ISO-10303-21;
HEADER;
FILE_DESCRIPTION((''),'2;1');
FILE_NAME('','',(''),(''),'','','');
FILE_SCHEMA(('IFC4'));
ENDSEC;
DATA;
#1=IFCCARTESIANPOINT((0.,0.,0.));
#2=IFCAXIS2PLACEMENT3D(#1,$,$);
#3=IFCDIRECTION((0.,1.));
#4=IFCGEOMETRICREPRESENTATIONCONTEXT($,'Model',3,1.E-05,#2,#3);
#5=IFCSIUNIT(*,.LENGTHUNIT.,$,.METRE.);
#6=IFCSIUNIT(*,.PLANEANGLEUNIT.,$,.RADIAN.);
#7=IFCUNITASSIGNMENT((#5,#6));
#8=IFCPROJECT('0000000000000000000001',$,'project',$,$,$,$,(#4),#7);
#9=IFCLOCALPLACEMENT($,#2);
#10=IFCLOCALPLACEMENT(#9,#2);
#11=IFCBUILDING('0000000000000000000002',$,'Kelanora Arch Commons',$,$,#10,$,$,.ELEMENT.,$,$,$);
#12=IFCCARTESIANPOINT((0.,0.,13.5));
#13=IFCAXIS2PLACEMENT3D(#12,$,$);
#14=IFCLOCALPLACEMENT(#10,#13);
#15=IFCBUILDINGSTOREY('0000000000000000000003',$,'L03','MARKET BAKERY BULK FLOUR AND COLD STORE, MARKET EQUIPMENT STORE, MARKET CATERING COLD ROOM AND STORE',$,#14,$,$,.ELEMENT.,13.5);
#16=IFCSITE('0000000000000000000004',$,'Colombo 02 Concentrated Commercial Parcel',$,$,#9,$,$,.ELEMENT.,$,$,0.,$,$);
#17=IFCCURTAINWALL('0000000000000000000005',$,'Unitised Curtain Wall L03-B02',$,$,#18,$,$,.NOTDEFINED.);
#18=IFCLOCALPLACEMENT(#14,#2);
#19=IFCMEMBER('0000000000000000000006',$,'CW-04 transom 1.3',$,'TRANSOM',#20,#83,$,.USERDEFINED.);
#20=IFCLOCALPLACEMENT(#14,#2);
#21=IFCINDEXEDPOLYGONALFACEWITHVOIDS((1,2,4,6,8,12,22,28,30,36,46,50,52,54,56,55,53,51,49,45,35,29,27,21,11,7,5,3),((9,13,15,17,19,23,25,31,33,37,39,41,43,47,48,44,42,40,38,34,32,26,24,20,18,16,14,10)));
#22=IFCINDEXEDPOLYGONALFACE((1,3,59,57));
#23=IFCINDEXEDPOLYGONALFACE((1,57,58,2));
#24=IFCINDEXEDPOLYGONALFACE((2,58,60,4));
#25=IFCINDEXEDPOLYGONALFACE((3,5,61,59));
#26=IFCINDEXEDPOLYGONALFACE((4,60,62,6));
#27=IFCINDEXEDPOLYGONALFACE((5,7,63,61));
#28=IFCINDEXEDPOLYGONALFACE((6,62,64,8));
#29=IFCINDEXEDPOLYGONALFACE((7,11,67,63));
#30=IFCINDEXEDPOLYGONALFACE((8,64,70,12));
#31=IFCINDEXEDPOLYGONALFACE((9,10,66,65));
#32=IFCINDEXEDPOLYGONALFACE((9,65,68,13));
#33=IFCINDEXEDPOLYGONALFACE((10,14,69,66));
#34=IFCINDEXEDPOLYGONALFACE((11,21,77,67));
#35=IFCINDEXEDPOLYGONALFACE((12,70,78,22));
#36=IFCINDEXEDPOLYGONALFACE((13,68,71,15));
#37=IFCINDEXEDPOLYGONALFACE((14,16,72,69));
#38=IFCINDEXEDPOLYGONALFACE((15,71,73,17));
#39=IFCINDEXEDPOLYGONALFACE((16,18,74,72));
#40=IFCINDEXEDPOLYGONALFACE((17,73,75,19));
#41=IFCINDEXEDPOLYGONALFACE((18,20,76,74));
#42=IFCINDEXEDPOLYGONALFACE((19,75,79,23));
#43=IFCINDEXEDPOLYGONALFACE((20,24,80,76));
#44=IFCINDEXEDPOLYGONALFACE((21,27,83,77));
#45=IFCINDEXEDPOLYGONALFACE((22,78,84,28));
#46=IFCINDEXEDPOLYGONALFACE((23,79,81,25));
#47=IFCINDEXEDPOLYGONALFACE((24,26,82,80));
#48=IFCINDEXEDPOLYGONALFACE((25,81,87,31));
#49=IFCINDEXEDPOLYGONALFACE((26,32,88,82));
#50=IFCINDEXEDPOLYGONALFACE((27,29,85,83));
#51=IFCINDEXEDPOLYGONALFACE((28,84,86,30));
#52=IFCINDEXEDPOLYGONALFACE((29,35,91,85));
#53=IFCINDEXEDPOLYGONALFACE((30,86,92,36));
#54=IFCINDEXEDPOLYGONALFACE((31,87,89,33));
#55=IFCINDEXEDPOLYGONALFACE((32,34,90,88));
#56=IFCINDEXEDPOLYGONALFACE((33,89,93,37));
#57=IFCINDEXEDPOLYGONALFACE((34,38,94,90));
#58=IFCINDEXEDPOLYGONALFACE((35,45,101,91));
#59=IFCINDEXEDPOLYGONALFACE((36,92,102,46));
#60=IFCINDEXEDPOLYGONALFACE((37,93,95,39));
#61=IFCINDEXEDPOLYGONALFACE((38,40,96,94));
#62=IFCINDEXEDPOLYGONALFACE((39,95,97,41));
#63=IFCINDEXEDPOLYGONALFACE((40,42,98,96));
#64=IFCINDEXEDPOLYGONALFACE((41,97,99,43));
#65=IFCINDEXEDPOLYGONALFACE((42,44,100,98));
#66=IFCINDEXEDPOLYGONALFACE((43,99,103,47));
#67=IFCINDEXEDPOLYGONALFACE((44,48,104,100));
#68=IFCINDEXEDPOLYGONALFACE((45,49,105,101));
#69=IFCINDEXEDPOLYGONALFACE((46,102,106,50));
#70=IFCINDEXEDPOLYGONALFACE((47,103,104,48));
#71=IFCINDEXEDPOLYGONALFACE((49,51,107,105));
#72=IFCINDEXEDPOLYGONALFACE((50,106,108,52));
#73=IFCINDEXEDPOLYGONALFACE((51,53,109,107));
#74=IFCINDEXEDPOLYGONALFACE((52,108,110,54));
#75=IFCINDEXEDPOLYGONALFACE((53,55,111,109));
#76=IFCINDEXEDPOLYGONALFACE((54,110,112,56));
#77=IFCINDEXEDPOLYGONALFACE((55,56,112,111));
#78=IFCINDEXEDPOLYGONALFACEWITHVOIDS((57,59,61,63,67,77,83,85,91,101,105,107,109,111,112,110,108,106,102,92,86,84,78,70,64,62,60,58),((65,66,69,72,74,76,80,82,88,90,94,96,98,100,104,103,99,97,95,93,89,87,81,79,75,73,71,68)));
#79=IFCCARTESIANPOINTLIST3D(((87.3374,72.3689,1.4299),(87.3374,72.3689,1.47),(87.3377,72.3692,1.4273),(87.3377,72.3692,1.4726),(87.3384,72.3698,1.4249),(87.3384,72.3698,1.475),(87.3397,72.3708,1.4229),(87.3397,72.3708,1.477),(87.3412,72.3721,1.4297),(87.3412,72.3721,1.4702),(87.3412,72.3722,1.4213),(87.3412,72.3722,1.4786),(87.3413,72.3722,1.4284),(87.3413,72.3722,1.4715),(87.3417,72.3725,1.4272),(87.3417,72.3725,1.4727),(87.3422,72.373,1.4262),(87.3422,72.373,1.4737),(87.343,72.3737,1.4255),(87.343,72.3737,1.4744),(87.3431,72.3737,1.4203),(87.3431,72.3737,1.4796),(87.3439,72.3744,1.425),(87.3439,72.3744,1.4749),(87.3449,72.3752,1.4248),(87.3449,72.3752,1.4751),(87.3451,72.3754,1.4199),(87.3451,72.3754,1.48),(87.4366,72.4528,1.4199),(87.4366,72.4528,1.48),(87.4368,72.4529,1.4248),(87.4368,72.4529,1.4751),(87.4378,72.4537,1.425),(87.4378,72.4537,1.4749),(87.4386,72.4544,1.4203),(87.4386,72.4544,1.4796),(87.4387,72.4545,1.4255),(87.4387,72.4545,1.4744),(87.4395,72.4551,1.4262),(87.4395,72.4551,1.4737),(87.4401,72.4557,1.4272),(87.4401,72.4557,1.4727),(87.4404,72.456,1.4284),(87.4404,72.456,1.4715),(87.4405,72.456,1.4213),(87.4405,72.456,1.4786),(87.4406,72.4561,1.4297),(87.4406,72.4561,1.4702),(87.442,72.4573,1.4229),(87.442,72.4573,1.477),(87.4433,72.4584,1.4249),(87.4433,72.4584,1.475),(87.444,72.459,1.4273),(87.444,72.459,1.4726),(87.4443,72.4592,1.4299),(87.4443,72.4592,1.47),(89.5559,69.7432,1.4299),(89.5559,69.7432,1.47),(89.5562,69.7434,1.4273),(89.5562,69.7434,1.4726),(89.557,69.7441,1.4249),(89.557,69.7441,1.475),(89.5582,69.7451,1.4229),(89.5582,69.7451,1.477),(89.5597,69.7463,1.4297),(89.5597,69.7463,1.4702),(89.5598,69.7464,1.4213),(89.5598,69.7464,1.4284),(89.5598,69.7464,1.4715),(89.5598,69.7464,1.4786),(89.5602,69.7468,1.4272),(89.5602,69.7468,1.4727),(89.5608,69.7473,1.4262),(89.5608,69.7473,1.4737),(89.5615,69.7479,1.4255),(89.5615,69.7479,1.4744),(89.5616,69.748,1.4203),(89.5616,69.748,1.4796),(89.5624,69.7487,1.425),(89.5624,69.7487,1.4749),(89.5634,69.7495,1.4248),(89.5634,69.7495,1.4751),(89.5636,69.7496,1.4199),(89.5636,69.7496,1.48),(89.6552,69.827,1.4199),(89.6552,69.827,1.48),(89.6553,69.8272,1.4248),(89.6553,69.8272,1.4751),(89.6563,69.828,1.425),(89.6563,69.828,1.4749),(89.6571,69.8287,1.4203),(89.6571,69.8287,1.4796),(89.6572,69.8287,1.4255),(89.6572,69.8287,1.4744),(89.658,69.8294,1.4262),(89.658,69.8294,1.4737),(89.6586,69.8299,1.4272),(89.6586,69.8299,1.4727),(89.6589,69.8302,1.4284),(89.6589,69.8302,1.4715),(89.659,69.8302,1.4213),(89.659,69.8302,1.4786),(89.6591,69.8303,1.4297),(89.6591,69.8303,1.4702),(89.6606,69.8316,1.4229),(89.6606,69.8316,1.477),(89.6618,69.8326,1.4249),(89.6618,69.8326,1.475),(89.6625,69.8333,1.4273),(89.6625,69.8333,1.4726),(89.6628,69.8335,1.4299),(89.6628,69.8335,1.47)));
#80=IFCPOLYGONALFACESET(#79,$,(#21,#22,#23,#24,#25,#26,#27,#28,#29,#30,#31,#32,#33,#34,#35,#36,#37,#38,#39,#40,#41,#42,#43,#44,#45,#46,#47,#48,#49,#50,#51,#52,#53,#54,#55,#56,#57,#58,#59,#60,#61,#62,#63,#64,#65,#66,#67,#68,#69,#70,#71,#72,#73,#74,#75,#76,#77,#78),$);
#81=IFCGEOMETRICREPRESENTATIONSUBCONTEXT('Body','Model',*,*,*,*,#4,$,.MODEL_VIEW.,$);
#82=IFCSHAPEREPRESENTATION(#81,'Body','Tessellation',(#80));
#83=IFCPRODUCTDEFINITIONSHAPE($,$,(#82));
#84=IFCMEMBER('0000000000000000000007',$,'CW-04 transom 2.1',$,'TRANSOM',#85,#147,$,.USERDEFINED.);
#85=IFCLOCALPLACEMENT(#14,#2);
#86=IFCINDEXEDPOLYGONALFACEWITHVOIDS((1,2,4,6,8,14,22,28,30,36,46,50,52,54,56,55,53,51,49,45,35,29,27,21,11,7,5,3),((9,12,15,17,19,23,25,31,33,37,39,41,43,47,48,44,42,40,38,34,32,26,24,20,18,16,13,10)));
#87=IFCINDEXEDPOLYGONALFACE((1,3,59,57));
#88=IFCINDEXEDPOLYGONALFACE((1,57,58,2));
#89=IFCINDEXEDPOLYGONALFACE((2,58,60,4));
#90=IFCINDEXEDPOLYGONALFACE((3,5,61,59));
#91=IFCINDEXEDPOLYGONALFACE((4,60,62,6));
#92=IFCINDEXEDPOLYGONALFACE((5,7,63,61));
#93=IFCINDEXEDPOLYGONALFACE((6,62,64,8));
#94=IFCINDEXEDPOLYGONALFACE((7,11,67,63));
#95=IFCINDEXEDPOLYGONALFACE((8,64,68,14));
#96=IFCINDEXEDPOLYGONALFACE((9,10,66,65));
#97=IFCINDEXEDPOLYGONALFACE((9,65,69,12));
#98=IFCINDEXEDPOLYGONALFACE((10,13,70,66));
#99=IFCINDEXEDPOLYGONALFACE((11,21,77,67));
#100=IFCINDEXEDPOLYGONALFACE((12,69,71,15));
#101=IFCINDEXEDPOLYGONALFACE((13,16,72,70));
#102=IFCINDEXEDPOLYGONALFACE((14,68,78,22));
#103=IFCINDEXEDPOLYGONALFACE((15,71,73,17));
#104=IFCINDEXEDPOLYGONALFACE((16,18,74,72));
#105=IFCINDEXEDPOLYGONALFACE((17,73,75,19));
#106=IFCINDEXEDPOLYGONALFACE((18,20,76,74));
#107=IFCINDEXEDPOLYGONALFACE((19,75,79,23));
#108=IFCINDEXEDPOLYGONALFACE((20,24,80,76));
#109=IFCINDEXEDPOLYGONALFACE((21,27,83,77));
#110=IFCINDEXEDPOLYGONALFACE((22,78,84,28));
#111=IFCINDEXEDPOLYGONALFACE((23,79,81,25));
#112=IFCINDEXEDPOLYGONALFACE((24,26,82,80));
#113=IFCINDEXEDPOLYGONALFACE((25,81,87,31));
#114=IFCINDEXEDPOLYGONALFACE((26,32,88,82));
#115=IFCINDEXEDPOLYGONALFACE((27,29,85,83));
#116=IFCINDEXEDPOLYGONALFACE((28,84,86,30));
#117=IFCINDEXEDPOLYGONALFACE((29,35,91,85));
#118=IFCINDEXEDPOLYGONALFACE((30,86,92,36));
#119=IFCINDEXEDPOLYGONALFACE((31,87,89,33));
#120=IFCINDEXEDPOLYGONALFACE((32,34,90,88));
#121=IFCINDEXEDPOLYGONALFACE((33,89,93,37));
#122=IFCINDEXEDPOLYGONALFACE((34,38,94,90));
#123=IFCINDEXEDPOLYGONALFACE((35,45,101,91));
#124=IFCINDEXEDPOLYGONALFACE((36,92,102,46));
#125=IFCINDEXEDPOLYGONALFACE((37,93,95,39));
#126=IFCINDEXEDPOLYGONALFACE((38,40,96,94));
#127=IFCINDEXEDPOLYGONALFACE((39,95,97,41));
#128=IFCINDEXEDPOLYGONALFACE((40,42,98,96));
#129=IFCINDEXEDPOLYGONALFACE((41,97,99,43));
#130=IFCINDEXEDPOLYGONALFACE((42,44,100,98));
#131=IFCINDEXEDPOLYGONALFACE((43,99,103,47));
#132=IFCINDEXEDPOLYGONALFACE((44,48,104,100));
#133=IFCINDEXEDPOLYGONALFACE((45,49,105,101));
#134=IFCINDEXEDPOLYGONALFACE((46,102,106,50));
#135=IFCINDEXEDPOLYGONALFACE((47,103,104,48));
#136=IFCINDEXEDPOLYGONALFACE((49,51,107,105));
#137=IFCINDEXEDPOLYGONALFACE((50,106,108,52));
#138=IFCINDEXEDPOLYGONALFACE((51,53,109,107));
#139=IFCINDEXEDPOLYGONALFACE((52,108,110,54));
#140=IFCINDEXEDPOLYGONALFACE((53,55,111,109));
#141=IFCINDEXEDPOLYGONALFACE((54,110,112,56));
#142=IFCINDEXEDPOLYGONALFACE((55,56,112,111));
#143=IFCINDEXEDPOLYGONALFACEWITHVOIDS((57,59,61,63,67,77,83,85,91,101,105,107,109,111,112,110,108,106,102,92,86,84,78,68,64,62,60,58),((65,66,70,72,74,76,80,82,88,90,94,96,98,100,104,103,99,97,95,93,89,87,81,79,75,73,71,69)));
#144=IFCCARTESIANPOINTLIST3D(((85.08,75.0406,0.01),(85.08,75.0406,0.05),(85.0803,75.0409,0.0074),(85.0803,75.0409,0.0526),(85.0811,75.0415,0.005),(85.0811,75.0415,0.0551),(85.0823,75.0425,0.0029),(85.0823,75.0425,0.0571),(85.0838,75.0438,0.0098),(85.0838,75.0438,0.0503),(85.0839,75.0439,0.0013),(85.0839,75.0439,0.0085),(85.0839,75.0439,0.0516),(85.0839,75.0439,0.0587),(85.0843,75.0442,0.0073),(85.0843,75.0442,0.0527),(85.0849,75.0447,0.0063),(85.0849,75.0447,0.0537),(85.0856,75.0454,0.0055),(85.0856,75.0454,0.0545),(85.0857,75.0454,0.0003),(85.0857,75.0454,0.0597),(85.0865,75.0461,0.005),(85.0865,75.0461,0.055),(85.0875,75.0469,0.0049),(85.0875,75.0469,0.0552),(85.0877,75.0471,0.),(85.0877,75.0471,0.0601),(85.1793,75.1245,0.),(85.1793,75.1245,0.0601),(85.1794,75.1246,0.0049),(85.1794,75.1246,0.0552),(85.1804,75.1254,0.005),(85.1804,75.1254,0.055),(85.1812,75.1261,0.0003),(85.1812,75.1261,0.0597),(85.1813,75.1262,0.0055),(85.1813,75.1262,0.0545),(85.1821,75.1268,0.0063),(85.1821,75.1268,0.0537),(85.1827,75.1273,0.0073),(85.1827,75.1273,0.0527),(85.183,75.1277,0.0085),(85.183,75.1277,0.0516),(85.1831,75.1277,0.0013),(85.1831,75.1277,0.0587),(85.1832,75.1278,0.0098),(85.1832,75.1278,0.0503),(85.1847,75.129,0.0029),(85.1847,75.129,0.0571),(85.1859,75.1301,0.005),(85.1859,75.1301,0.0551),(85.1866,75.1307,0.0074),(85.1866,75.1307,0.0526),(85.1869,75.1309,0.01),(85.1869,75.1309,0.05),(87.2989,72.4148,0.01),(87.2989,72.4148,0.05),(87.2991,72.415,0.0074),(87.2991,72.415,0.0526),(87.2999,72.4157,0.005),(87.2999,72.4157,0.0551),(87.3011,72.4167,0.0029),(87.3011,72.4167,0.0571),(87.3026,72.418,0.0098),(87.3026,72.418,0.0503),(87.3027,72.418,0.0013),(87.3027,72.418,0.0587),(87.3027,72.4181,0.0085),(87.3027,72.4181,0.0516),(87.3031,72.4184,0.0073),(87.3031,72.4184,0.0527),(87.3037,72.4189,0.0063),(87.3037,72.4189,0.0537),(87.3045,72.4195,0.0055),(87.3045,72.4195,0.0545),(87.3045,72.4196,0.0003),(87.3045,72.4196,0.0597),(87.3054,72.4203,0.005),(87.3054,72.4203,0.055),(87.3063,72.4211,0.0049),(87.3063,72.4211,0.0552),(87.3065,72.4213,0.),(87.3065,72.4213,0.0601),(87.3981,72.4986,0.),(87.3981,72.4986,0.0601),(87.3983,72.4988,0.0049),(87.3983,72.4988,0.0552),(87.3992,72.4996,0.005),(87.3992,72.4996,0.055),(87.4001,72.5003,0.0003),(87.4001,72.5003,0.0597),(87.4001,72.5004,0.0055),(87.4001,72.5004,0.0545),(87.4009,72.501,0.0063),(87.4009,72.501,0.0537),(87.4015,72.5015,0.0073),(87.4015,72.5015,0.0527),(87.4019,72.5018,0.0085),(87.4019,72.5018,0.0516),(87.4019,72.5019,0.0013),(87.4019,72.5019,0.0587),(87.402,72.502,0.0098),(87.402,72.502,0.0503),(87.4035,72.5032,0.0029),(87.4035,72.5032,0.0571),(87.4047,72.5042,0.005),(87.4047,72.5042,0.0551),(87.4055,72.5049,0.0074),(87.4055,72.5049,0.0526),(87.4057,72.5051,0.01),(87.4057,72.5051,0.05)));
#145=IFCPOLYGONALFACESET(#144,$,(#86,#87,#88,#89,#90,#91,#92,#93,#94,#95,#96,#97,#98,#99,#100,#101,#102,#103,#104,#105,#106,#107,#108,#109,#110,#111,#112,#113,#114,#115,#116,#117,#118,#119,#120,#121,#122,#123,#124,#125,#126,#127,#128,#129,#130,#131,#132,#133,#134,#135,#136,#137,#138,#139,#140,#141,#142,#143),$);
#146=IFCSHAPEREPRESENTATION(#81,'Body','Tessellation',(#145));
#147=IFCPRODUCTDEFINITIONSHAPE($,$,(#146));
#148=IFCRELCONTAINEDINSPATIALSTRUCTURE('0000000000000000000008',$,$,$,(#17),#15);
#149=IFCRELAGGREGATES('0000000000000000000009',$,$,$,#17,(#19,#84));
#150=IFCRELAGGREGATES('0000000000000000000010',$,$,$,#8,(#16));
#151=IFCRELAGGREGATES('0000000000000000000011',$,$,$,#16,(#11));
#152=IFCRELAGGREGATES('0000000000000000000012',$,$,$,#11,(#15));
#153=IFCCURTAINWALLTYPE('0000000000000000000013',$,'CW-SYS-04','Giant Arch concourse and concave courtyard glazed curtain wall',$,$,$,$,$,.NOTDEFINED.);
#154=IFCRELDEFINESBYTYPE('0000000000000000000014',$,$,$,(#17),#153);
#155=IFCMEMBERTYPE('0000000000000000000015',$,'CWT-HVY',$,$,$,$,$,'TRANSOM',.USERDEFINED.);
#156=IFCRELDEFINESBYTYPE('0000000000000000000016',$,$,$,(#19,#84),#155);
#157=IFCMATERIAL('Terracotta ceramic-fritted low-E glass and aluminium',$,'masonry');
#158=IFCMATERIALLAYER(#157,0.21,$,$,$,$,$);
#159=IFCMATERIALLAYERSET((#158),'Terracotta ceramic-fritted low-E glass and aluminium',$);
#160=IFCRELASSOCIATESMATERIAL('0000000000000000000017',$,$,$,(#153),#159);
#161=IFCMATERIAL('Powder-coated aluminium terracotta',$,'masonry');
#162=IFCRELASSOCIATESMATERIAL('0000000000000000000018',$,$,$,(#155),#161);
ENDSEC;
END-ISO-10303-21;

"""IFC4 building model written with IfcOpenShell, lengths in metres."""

from ifc_helpers import new_model, si_unit, direction, frame, origin, origin_2d, place, context, subcontext, project, spatial, hollow_rectangle, extrude, material, layer, layer_set, material_profile, profile_set, type_object, element, aggregate, save


model = new_model("IFC4")

# Units and contexts
model_context = context("Model", 3, precision=1e-05, world=origin(), true_north=direction((0.0, 1.0)))
body_context = subcontext(model_context, "Body", "Model", "MODEL_VIEW")
ifc_project = project(units=[si_unit("LENGTHUNIT", "METRE"), si_unit("PLANEANGLEUNIT", "RADIAN")], contexts=[model_context])

# Site, building, storey
site_placement = place(None, origin())
site = spatial("IfcSite", under=ifc_project, at=site_placement, Name="Colombo 02 Concentrated Commercial Parcel", CompositionType="ELEMENT", RefElevation=0.0)
building_placement = place(site_placement, origin())
building = spatial("IfcBuilding", under=site, at=building_placement, Name="Kelanora Arch Commons", CompositionType="ELEMENT")
storey_placement = place(building_placement, frame((0.0, 0.0, 13.5)))
storey = spatial("IfcBuildingStorey", under=building, at=storey_placement, Name="L03", Description="MARKET BAKERY BULK FLOUR AND COLD STORE, MARKET EQUIPMENT STORE, MARKET CATERING COLD ROOM AND STORE", CompositionType="ELEMENT", Elevation=13.5)

# Curtain wall
ifc_material_1 = material(Name="Terracotta ceramic-fritted low-E glass and aluminium", Category="masonry")
ifc_layer_1 = layer(ifc_material_1, 0.21)
ifc_layer_set_1 = layer_set([ifc_layer_1], Name="Terracotta ceramic-fritted low-E glass and aluminium")
curtain_wall_type = type_object("IfcCurtainWallType", Name="CW-SYS-04", Description="Giant Arch concourse and concave courtyard glazed curtain wall", PredefinedType="NOTDEFINED", material=ifc_layer_set_1)
curtain_wall_1_placement = place(storey_placement, origin())
curtain_wall_1 = element("IfcCurtainWall", 1, at=curtain_wall_1_placement, inside=storey, type_object=curtain_wall_type, Name="Unitised Curtain Wall L03-B02", PredefinedType="NOTDEFINED")
ifc_material_2 = material(Name="Powder-coated aluminium terracotta", Category="masonry")

# Members
ifc_material_profile_1 = material_profile(ifc_material_2, hollow_rectangle(XDim=0.1399, YDim=0.0601, WallThickness=0.0049, InnerFilletRadius=0.0049, OuterFilletRadius=0.01, at=origin_2d()), Name="CWT140x60")
ifc_profile_set_1 = profile_set([ifc_material_profile_1], Name="Powder-coated aluminium terracotta")
member_type_1 = type_object("IfcMemberType", Name="CWT-HVY", ElementType="TRANSOM", PredefinedType="USERDEFINED", material=ifc_profile_set_1)
member_1_placement = place(storey_placement, frame((89.6094, 69.7883, 1.45), z_axis=(-0.645388, 0.763855, 0.0), x_axis=(-0.763855, -0.645388, 0.0)))
member_1 = element("IfcMember", 2, at=member_1_placement, type_object=member_type_1, Name="CW-04 transom 1.3", ObjectType="TRANSOM", PredefinedType="USERDEFINED", context=body_context, shape_type="SweptSolid", body=[
    extrude(hollow_rectangle(XDim=0.1399, YDim=0.0601, WallThickness=0.0049, InnerFilletRadius=0.0049, OuterFilletRadius=0.01, at=origin_2d()), origin(), (0.0, 0.0, 1.0), 3.4375),
])
member_2_placement = place(storey_placement, frame((87.3523, 72.46, 0.03), z_axis=(-0.64543, 0.76382, 0.0), x_axis=(-0.76382, -0.64543, 0.0)))
member_2 = element("IfcMember", 3, at=member_2_placement, type_object=member_type_1, Name="CW-04 transom 2.1", ObjectType="TRANSOM", PredefinedType="USERDEFINED", context=body_context, shape_type="SweptSolid", body=[
    extrude(hollow_rectangle(XDim=0.1399, YDim=0.0601, WallThickness=0.0049, InnerFilletRadius=0.0049, OuterFilletRadius=0.01, at=origin_2d()), origin(), (0.0, 0.0, 1.0), 3.4377),
])

aggregate(curtain_wall_1, [member_1, member_2])

save(model, "model.ifc")
